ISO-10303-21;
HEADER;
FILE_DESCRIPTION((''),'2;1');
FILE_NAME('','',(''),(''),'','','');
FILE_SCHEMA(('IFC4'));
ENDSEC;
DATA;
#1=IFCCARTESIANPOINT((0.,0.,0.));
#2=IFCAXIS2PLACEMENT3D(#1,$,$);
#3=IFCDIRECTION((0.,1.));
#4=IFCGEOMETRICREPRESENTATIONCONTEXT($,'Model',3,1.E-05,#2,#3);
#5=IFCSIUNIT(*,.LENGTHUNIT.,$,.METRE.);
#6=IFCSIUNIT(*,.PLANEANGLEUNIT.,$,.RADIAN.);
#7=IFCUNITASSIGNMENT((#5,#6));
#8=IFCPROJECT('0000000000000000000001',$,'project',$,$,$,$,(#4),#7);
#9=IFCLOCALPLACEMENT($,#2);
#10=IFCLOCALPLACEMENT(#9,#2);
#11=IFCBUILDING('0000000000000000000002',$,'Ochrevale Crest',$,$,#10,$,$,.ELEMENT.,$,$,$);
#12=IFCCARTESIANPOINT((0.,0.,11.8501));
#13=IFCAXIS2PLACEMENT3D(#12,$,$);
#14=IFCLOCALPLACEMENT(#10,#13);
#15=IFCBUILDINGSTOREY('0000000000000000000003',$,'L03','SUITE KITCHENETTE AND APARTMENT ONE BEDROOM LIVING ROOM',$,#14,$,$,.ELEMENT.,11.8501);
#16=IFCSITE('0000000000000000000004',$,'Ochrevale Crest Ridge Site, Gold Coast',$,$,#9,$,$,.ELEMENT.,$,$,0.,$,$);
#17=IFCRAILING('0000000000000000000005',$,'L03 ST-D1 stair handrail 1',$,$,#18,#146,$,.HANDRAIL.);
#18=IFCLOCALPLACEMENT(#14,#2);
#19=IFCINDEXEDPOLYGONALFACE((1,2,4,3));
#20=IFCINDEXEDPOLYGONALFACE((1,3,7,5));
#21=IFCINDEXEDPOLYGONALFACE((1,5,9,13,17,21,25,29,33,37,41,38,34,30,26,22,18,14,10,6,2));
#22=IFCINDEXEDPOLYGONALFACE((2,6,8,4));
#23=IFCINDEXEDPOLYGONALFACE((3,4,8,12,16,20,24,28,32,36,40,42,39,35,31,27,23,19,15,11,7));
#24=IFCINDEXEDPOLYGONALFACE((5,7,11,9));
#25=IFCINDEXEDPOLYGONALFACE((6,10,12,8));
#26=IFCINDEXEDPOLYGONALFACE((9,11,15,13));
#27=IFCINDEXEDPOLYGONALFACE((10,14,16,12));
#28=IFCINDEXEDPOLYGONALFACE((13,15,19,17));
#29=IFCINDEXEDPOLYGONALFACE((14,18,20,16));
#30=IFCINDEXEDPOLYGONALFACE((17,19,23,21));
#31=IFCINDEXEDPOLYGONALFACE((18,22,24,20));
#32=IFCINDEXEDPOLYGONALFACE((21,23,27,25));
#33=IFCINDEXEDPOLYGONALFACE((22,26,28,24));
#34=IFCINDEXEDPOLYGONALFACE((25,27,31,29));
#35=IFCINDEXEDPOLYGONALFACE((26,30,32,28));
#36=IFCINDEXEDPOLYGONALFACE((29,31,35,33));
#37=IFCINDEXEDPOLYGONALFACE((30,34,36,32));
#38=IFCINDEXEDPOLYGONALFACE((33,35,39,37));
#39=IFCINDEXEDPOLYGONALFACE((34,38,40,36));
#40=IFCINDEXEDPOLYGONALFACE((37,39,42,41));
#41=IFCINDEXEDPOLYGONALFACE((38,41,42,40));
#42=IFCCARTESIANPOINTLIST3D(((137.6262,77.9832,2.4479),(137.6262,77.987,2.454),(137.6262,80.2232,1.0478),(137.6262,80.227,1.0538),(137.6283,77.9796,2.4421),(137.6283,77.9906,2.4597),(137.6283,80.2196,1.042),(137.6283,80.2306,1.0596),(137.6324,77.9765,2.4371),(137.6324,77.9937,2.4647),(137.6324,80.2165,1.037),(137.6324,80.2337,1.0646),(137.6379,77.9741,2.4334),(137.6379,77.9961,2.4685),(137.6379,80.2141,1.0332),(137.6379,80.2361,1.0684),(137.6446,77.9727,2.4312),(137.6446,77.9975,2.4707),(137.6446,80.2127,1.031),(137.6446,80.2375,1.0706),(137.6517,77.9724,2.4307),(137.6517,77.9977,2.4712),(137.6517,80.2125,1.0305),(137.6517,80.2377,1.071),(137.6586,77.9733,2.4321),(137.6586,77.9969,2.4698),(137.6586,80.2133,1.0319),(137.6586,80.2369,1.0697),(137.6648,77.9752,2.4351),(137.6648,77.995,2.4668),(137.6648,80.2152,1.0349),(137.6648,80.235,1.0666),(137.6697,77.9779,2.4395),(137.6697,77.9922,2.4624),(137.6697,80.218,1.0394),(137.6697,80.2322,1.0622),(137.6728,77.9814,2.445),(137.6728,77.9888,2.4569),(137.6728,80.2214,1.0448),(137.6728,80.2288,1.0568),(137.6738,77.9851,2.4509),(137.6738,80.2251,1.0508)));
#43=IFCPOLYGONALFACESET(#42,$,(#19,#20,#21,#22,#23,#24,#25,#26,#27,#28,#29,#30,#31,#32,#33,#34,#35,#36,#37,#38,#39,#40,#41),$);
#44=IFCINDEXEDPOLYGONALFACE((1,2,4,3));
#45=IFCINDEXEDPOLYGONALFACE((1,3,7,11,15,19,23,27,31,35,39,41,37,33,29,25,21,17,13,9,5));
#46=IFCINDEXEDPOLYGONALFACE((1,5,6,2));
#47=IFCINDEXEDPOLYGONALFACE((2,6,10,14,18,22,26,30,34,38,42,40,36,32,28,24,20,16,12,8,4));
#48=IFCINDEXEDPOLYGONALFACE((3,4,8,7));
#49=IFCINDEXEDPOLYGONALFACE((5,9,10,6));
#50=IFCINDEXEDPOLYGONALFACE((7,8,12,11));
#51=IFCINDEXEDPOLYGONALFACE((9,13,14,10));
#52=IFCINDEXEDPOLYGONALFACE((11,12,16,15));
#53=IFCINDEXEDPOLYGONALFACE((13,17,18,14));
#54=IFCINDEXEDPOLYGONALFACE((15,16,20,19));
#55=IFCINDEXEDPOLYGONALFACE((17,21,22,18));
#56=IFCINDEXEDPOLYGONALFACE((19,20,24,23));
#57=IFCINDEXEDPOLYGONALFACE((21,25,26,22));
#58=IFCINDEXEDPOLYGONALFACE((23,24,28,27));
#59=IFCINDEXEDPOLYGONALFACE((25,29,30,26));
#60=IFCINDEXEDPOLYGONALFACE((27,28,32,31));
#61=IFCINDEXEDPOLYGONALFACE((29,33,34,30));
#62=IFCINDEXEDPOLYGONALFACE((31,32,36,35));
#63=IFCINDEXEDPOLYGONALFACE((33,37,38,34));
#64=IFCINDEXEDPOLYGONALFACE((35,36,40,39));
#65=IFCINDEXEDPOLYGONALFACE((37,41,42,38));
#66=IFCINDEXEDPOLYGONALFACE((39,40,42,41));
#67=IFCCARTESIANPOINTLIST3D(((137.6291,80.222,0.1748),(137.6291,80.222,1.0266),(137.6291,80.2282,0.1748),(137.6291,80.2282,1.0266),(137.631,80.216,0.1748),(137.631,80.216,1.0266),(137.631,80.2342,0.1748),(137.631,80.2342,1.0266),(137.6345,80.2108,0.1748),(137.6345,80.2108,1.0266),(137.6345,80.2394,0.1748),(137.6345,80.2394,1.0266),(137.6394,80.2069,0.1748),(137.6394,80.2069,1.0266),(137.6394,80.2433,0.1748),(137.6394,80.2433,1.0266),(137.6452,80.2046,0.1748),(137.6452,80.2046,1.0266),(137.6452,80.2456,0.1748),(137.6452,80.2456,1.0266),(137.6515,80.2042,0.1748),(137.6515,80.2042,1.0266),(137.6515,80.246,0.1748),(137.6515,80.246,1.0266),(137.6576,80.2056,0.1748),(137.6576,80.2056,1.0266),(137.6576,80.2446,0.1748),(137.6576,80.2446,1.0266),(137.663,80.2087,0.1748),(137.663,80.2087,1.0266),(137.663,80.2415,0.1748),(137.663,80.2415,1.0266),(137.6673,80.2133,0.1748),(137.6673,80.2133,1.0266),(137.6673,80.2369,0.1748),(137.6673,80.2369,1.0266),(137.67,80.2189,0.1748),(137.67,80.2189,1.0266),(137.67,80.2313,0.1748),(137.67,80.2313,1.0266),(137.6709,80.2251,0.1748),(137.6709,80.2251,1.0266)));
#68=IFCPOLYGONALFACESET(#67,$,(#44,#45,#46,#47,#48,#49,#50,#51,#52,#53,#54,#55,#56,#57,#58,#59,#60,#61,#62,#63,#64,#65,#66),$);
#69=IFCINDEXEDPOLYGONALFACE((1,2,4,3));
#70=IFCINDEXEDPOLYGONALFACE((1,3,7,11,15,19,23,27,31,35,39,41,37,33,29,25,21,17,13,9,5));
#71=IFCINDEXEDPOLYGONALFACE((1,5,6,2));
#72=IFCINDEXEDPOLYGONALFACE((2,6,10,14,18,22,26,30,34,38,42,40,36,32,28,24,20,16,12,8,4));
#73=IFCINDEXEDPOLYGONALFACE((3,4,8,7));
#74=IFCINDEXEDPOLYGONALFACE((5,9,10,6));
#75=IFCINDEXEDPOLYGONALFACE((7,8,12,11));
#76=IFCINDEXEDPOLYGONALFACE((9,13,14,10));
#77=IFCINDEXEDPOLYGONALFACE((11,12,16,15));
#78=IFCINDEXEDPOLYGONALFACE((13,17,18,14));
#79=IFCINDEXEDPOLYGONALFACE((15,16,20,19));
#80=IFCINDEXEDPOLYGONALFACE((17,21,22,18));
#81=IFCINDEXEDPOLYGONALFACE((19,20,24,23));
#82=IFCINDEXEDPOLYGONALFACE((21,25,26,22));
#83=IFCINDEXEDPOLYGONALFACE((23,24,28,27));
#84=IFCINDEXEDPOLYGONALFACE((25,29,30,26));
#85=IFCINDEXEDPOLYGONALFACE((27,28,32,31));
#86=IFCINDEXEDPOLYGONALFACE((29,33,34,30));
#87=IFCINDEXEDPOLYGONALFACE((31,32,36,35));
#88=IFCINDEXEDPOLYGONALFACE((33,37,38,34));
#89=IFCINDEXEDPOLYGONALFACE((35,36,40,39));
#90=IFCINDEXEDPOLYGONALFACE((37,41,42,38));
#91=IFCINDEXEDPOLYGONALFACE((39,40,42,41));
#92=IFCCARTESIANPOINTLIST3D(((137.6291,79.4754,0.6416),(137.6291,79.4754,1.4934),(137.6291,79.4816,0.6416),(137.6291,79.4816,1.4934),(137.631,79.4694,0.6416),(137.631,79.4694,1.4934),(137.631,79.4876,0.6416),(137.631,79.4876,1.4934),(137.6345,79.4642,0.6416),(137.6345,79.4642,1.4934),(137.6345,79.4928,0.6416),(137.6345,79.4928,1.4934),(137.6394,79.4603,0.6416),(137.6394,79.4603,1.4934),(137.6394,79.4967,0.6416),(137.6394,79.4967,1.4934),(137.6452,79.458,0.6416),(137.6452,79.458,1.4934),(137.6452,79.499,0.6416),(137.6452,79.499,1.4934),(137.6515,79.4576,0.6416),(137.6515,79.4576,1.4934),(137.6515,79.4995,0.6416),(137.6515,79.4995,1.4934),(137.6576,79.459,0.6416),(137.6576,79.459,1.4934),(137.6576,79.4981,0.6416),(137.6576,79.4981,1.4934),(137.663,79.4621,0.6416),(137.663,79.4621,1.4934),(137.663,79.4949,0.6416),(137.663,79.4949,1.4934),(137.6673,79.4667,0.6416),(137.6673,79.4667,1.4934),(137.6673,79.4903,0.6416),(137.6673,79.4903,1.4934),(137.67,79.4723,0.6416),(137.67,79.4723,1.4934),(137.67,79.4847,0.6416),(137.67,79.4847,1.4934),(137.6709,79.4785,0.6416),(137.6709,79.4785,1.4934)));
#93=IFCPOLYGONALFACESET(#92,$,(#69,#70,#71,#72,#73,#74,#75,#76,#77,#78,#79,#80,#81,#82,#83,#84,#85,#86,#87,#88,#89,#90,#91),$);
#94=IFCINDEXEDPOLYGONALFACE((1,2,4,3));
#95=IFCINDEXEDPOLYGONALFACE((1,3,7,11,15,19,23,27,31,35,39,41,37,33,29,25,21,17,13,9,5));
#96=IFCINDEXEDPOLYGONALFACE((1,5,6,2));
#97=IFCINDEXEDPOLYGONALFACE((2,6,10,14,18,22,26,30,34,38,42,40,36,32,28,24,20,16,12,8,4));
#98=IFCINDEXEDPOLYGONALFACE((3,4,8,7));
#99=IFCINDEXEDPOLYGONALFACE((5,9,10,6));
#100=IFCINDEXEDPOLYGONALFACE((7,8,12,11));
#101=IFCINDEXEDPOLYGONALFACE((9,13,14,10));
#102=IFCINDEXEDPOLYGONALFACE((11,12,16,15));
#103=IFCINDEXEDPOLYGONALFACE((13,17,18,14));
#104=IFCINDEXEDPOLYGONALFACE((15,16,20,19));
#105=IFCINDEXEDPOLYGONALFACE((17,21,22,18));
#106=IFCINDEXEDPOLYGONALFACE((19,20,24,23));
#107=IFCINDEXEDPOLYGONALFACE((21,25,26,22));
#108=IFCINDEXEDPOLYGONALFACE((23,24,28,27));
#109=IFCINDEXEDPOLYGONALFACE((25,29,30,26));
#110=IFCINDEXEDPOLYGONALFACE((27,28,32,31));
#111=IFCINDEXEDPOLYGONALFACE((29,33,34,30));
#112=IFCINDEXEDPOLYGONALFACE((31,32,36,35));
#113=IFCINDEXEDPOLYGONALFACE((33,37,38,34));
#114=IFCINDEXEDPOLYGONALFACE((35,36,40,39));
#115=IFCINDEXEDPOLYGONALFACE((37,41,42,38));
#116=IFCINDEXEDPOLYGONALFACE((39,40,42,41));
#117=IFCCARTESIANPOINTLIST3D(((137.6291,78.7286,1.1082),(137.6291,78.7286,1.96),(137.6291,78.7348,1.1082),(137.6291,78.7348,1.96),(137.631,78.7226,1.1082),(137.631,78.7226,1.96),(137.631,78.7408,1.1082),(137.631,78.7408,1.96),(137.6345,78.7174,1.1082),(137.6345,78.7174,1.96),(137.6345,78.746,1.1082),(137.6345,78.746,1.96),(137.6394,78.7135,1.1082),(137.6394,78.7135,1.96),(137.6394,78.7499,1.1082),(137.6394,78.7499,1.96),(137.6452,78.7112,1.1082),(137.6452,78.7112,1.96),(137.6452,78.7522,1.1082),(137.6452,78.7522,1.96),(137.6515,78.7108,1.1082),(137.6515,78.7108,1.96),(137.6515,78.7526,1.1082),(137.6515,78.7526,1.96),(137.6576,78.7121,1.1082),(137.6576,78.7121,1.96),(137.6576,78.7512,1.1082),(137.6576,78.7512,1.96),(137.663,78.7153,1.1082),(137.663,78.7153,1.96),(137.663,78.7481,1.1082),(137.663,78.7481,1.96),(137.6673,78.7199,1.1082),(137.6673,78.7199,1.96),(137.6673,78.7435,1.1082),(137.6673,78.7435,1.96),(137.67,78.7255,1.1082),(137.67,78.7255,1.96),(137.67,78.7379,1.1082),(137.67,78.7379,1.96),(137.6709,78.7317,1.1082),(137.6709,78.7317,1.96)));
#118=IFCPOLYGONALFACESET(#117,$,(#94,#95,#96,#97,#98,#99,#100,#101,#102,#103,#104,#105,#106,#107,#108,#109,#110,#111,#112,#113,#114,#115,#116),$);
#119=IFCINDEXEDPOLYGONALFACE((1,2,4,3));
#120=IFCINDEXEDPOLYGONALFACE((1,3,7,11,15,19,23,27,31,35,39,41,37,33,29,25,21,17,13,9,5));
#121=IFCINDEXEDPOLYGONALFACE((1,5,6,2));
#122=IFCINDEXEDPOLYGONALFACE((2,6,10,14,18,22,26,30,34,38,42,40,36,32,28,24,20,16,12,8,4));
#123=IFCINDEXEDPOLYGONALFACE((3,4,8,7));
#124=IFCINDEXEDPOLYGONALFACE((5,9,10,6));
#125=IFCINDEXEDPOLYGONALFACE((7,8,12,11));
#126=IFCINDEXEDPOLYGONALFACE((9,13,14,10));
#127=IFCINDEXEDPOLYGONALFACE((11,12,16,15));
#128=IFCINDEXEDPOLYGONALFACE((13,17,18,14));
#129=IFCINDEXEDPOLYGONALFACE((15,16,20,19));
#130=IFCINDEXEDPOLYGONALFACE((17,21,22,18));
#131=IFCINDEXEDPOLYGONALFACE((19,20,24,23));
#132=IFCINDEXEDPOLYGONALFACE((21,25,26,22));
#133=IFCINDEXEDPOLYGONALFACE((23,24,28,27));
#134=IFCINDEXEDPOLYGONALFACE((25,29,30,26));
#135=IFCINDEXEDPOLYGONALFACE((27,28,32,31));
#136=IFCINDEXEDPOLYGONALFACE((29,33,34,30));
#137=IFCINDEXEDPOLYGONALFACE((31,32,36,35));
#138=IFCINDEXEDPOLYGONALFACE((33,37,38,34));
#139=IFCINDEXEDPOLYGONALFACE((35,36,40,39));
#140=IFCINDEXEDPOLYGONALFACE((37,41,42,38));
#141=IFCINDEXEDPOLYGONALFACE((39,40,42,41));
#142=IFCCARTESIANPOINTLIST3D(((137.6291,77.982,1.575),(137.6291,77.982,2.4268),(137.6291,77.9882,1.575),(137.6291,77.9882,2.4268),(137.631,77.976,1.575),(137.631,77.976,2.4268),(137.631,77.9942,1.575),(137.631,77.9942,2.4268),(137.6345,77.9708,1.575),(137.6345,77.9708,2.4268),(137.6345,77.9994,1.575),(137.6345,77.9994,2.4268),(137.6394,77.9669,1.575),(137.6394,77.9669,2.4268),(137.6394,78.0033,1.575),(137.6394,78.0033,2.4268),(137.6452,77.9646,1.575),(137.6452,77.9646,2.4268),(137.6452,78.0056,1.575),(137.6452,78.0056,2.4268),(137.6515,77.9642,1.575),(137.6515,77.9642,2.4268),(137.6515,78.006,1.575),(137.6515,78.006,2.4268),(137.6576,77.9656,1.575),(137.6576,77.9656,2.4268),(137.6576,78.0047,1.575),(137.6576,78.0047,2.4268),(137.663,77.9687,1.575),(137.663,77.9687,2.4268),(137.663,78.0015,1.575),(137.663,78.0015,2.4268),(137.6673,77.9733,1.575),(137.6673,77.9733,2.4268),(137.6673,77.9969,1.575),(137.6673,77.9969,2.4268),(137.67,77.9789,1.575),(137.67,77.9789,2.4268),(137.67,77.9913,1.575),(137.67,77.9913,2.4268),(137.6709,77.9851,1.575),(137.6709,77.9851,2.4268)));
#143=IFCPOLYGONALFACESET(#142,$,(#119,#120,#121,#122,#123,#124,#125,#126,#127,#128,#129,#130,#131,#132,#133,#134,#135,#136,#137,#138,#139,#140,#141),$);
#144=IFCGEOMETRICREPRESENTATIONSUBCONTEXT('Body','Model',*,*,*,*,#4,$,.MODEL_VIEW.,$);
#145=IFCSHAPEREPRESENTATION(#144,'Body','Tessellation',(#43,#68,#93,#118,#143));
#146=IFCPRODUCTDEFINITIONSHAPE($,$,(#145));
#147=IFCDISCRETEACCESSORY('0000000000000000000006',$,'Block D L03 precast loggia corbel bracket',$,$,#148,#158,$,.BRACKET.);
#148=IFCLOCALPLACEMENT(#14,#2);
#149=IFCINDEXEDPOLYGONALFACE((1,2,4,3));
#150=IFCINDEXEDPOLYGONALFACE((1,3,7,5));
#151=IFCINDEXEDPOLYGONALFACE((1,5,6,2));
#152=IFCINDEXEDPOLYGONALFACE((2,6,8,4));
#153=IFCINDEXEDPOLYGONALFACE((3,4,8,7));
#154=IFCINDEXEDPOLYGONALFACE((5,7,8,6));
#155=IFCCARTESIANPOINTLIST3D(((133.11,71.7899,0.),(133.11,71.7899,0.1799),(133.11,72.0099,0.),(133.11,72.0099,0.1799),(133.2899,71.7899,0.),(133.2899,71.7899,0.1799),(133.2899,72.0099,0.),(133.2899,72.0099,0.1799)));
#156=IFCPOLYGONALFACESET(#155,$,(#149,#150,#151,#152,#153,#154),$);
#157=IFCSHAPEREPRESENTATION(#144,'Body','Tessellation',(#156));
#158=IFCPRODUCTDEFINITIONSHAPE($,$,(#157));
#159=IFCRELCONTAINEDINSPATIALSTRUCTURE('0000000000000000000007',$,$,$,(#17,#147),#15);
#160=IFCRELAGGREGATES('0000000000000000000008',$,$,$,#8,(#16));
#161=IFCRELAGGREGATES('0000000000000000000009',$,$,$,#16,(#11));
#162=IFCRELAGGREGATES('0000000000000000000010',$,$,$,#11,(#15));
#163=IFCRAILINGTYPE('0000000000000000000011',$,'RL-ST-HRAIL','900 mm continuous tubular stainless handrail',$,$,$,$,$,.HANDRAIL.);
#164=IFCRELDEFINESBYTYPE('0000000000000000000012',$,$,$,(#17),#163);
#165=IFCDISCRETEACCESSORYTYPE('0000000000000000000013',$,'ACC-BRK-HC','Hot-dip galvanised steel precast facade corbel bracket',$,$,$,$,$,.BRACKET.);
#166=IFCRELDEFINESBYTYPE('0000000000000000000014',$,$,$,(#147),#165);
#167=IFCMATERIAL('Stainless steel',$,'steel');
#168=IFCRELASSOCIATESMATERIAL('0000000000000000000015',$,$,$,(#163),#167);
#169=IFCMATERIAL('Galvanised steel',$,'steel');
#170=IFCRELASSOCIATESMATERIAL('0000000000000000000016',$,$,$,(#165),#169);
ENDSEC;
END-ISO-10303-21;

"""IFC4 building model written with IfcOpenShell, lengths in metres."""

from ifc_helpers import new_model, si_unit, direction, frame, origin, origin_2d, place, context, subcontext, project, spatial, rectangle, circle, extrude, material, type_object, element, save


model = new_model("IFC4")

# Units and contexts
model_context = context("Model", 3, precision=1e-05, world=origin(), true_north=direction((0.0, 1.0)))
body_context = subcontext(model_context, "Body", "Model", "MODEL_VIEW")
ifc_project = project(units=[si_unit("LENGTHUNIT", "METRE"), si_unit("PLANEANGLEUNIT", "RADIAN")], contexts=[model_context])

# Site, building, storey
site_placement = place(None, origin())
site = spatial("IfcSite", under=ifc_project, at=site_placement, Name="Ochrevale Crest Ridge Site, Gold Coast", CompositionType="ELEMENT", RefElevation=0.0)
building_placement = place(site_placement, origin())
building = spatial("IfcBuilding", under=site, at=building_placement, Name="Ochrevale Crest", CompositionType="ELEMENT")
storey_placement = place(building_placement, frame((0.0, 0.0, 11.8501)))
storey = spatial("IfcBuildingStorey", under=building, at=storey_placement, Name="L03", Description="SUITE KITCHENETTE AND APARTMENT ONE BEDROOM LIVING ROOM", CompositionType="ELEMENT", Elevation=11.8501)

# Railing
ifc_material_1 = material(Name="Galvanised steel", Category="steel")
ifc_material_2 = material(Name="Stainless steel", Category="steel")
railing_type_1 = type_object("IfcRailingType", Name="RL-ST-HRAIL", Description="900 mm continuous tubular stainless handrail", PredefinedType="HANDRAIL", material=ifc_material_2)
railing_1_placement = place(storey_placement, frame((137.6499, 80.2251, 0.1748)))
element("IfcRailing", 1, at=railing_1_placement, inside=storey, type_object=railing_type_1, Name="L03 ST-D1 stair handrail 1", PredefinedType="HANDRAIL", context=body_context, shape_type="SweptSolid", body=[
    extrude(circle(Radius=0.0239, at=origin_2d()), frame((0.0, 0.0, 0.876), z_axis=(0.0, -0.847972, 0.53004), x_axis=(1.0, 0.0, 0.0)), (0.0, 0.0, 1.0), 2.6416),
    extrude(circle(Radius=0.021, at=origin_2d()), origin(), (0.0, 0.0, 1.0), 0.8518),
    extrude(circle(Radius=0.021, at=origin_2d()), frame((0.0, -0.7466, 0.4668)), (0.0, 0.0, 1.0), 0.8518),
    extrude(circle(Radius=0.021, at=origin_2d()), frame((0.0, -1.4934, 0.9333)), (0.0, 0.0, 1.0), 0.8518),
    extrude(circle(Radius=0.021, at=origin_2d()), frame((0.0, -2.24, 1.4001)), (0.0, 0.0, 1.0), 0.8518),
])

# Discrete accessory
discrete_accessory_type = type_object("IfcDiscreteAccessoryType", Name="ACC-BRK-HC", Description="Hot-dip galvanised steel precast facade corbel bracket", PredefinedType="BRACKET", material=ifc_material_1)
discrete_accessory_placement = place(storey_placement, frame((133.2, 71.8999, 0.0), z_axis=(0.0, 0.0, 1.0), x_axis=(1.0, 0.0, 0.0)))
element("IfcDiscreteAccessory", 2, at=discrete_accessory_placement, inside=storey, type_object=discrete_accessory_type, Name="Block D L03 precast loggia corbel bracket", PredefinedType="BRACKET", context=body_context, shape_type="SweptSolid", body=[
    extrude(rectangle(XDim=0.1799, YDim=0.22, at=origin_2d()), origin(), (0.0, 0.0, 1.0), 0.1799),
])

save(model, "model.ifc")
